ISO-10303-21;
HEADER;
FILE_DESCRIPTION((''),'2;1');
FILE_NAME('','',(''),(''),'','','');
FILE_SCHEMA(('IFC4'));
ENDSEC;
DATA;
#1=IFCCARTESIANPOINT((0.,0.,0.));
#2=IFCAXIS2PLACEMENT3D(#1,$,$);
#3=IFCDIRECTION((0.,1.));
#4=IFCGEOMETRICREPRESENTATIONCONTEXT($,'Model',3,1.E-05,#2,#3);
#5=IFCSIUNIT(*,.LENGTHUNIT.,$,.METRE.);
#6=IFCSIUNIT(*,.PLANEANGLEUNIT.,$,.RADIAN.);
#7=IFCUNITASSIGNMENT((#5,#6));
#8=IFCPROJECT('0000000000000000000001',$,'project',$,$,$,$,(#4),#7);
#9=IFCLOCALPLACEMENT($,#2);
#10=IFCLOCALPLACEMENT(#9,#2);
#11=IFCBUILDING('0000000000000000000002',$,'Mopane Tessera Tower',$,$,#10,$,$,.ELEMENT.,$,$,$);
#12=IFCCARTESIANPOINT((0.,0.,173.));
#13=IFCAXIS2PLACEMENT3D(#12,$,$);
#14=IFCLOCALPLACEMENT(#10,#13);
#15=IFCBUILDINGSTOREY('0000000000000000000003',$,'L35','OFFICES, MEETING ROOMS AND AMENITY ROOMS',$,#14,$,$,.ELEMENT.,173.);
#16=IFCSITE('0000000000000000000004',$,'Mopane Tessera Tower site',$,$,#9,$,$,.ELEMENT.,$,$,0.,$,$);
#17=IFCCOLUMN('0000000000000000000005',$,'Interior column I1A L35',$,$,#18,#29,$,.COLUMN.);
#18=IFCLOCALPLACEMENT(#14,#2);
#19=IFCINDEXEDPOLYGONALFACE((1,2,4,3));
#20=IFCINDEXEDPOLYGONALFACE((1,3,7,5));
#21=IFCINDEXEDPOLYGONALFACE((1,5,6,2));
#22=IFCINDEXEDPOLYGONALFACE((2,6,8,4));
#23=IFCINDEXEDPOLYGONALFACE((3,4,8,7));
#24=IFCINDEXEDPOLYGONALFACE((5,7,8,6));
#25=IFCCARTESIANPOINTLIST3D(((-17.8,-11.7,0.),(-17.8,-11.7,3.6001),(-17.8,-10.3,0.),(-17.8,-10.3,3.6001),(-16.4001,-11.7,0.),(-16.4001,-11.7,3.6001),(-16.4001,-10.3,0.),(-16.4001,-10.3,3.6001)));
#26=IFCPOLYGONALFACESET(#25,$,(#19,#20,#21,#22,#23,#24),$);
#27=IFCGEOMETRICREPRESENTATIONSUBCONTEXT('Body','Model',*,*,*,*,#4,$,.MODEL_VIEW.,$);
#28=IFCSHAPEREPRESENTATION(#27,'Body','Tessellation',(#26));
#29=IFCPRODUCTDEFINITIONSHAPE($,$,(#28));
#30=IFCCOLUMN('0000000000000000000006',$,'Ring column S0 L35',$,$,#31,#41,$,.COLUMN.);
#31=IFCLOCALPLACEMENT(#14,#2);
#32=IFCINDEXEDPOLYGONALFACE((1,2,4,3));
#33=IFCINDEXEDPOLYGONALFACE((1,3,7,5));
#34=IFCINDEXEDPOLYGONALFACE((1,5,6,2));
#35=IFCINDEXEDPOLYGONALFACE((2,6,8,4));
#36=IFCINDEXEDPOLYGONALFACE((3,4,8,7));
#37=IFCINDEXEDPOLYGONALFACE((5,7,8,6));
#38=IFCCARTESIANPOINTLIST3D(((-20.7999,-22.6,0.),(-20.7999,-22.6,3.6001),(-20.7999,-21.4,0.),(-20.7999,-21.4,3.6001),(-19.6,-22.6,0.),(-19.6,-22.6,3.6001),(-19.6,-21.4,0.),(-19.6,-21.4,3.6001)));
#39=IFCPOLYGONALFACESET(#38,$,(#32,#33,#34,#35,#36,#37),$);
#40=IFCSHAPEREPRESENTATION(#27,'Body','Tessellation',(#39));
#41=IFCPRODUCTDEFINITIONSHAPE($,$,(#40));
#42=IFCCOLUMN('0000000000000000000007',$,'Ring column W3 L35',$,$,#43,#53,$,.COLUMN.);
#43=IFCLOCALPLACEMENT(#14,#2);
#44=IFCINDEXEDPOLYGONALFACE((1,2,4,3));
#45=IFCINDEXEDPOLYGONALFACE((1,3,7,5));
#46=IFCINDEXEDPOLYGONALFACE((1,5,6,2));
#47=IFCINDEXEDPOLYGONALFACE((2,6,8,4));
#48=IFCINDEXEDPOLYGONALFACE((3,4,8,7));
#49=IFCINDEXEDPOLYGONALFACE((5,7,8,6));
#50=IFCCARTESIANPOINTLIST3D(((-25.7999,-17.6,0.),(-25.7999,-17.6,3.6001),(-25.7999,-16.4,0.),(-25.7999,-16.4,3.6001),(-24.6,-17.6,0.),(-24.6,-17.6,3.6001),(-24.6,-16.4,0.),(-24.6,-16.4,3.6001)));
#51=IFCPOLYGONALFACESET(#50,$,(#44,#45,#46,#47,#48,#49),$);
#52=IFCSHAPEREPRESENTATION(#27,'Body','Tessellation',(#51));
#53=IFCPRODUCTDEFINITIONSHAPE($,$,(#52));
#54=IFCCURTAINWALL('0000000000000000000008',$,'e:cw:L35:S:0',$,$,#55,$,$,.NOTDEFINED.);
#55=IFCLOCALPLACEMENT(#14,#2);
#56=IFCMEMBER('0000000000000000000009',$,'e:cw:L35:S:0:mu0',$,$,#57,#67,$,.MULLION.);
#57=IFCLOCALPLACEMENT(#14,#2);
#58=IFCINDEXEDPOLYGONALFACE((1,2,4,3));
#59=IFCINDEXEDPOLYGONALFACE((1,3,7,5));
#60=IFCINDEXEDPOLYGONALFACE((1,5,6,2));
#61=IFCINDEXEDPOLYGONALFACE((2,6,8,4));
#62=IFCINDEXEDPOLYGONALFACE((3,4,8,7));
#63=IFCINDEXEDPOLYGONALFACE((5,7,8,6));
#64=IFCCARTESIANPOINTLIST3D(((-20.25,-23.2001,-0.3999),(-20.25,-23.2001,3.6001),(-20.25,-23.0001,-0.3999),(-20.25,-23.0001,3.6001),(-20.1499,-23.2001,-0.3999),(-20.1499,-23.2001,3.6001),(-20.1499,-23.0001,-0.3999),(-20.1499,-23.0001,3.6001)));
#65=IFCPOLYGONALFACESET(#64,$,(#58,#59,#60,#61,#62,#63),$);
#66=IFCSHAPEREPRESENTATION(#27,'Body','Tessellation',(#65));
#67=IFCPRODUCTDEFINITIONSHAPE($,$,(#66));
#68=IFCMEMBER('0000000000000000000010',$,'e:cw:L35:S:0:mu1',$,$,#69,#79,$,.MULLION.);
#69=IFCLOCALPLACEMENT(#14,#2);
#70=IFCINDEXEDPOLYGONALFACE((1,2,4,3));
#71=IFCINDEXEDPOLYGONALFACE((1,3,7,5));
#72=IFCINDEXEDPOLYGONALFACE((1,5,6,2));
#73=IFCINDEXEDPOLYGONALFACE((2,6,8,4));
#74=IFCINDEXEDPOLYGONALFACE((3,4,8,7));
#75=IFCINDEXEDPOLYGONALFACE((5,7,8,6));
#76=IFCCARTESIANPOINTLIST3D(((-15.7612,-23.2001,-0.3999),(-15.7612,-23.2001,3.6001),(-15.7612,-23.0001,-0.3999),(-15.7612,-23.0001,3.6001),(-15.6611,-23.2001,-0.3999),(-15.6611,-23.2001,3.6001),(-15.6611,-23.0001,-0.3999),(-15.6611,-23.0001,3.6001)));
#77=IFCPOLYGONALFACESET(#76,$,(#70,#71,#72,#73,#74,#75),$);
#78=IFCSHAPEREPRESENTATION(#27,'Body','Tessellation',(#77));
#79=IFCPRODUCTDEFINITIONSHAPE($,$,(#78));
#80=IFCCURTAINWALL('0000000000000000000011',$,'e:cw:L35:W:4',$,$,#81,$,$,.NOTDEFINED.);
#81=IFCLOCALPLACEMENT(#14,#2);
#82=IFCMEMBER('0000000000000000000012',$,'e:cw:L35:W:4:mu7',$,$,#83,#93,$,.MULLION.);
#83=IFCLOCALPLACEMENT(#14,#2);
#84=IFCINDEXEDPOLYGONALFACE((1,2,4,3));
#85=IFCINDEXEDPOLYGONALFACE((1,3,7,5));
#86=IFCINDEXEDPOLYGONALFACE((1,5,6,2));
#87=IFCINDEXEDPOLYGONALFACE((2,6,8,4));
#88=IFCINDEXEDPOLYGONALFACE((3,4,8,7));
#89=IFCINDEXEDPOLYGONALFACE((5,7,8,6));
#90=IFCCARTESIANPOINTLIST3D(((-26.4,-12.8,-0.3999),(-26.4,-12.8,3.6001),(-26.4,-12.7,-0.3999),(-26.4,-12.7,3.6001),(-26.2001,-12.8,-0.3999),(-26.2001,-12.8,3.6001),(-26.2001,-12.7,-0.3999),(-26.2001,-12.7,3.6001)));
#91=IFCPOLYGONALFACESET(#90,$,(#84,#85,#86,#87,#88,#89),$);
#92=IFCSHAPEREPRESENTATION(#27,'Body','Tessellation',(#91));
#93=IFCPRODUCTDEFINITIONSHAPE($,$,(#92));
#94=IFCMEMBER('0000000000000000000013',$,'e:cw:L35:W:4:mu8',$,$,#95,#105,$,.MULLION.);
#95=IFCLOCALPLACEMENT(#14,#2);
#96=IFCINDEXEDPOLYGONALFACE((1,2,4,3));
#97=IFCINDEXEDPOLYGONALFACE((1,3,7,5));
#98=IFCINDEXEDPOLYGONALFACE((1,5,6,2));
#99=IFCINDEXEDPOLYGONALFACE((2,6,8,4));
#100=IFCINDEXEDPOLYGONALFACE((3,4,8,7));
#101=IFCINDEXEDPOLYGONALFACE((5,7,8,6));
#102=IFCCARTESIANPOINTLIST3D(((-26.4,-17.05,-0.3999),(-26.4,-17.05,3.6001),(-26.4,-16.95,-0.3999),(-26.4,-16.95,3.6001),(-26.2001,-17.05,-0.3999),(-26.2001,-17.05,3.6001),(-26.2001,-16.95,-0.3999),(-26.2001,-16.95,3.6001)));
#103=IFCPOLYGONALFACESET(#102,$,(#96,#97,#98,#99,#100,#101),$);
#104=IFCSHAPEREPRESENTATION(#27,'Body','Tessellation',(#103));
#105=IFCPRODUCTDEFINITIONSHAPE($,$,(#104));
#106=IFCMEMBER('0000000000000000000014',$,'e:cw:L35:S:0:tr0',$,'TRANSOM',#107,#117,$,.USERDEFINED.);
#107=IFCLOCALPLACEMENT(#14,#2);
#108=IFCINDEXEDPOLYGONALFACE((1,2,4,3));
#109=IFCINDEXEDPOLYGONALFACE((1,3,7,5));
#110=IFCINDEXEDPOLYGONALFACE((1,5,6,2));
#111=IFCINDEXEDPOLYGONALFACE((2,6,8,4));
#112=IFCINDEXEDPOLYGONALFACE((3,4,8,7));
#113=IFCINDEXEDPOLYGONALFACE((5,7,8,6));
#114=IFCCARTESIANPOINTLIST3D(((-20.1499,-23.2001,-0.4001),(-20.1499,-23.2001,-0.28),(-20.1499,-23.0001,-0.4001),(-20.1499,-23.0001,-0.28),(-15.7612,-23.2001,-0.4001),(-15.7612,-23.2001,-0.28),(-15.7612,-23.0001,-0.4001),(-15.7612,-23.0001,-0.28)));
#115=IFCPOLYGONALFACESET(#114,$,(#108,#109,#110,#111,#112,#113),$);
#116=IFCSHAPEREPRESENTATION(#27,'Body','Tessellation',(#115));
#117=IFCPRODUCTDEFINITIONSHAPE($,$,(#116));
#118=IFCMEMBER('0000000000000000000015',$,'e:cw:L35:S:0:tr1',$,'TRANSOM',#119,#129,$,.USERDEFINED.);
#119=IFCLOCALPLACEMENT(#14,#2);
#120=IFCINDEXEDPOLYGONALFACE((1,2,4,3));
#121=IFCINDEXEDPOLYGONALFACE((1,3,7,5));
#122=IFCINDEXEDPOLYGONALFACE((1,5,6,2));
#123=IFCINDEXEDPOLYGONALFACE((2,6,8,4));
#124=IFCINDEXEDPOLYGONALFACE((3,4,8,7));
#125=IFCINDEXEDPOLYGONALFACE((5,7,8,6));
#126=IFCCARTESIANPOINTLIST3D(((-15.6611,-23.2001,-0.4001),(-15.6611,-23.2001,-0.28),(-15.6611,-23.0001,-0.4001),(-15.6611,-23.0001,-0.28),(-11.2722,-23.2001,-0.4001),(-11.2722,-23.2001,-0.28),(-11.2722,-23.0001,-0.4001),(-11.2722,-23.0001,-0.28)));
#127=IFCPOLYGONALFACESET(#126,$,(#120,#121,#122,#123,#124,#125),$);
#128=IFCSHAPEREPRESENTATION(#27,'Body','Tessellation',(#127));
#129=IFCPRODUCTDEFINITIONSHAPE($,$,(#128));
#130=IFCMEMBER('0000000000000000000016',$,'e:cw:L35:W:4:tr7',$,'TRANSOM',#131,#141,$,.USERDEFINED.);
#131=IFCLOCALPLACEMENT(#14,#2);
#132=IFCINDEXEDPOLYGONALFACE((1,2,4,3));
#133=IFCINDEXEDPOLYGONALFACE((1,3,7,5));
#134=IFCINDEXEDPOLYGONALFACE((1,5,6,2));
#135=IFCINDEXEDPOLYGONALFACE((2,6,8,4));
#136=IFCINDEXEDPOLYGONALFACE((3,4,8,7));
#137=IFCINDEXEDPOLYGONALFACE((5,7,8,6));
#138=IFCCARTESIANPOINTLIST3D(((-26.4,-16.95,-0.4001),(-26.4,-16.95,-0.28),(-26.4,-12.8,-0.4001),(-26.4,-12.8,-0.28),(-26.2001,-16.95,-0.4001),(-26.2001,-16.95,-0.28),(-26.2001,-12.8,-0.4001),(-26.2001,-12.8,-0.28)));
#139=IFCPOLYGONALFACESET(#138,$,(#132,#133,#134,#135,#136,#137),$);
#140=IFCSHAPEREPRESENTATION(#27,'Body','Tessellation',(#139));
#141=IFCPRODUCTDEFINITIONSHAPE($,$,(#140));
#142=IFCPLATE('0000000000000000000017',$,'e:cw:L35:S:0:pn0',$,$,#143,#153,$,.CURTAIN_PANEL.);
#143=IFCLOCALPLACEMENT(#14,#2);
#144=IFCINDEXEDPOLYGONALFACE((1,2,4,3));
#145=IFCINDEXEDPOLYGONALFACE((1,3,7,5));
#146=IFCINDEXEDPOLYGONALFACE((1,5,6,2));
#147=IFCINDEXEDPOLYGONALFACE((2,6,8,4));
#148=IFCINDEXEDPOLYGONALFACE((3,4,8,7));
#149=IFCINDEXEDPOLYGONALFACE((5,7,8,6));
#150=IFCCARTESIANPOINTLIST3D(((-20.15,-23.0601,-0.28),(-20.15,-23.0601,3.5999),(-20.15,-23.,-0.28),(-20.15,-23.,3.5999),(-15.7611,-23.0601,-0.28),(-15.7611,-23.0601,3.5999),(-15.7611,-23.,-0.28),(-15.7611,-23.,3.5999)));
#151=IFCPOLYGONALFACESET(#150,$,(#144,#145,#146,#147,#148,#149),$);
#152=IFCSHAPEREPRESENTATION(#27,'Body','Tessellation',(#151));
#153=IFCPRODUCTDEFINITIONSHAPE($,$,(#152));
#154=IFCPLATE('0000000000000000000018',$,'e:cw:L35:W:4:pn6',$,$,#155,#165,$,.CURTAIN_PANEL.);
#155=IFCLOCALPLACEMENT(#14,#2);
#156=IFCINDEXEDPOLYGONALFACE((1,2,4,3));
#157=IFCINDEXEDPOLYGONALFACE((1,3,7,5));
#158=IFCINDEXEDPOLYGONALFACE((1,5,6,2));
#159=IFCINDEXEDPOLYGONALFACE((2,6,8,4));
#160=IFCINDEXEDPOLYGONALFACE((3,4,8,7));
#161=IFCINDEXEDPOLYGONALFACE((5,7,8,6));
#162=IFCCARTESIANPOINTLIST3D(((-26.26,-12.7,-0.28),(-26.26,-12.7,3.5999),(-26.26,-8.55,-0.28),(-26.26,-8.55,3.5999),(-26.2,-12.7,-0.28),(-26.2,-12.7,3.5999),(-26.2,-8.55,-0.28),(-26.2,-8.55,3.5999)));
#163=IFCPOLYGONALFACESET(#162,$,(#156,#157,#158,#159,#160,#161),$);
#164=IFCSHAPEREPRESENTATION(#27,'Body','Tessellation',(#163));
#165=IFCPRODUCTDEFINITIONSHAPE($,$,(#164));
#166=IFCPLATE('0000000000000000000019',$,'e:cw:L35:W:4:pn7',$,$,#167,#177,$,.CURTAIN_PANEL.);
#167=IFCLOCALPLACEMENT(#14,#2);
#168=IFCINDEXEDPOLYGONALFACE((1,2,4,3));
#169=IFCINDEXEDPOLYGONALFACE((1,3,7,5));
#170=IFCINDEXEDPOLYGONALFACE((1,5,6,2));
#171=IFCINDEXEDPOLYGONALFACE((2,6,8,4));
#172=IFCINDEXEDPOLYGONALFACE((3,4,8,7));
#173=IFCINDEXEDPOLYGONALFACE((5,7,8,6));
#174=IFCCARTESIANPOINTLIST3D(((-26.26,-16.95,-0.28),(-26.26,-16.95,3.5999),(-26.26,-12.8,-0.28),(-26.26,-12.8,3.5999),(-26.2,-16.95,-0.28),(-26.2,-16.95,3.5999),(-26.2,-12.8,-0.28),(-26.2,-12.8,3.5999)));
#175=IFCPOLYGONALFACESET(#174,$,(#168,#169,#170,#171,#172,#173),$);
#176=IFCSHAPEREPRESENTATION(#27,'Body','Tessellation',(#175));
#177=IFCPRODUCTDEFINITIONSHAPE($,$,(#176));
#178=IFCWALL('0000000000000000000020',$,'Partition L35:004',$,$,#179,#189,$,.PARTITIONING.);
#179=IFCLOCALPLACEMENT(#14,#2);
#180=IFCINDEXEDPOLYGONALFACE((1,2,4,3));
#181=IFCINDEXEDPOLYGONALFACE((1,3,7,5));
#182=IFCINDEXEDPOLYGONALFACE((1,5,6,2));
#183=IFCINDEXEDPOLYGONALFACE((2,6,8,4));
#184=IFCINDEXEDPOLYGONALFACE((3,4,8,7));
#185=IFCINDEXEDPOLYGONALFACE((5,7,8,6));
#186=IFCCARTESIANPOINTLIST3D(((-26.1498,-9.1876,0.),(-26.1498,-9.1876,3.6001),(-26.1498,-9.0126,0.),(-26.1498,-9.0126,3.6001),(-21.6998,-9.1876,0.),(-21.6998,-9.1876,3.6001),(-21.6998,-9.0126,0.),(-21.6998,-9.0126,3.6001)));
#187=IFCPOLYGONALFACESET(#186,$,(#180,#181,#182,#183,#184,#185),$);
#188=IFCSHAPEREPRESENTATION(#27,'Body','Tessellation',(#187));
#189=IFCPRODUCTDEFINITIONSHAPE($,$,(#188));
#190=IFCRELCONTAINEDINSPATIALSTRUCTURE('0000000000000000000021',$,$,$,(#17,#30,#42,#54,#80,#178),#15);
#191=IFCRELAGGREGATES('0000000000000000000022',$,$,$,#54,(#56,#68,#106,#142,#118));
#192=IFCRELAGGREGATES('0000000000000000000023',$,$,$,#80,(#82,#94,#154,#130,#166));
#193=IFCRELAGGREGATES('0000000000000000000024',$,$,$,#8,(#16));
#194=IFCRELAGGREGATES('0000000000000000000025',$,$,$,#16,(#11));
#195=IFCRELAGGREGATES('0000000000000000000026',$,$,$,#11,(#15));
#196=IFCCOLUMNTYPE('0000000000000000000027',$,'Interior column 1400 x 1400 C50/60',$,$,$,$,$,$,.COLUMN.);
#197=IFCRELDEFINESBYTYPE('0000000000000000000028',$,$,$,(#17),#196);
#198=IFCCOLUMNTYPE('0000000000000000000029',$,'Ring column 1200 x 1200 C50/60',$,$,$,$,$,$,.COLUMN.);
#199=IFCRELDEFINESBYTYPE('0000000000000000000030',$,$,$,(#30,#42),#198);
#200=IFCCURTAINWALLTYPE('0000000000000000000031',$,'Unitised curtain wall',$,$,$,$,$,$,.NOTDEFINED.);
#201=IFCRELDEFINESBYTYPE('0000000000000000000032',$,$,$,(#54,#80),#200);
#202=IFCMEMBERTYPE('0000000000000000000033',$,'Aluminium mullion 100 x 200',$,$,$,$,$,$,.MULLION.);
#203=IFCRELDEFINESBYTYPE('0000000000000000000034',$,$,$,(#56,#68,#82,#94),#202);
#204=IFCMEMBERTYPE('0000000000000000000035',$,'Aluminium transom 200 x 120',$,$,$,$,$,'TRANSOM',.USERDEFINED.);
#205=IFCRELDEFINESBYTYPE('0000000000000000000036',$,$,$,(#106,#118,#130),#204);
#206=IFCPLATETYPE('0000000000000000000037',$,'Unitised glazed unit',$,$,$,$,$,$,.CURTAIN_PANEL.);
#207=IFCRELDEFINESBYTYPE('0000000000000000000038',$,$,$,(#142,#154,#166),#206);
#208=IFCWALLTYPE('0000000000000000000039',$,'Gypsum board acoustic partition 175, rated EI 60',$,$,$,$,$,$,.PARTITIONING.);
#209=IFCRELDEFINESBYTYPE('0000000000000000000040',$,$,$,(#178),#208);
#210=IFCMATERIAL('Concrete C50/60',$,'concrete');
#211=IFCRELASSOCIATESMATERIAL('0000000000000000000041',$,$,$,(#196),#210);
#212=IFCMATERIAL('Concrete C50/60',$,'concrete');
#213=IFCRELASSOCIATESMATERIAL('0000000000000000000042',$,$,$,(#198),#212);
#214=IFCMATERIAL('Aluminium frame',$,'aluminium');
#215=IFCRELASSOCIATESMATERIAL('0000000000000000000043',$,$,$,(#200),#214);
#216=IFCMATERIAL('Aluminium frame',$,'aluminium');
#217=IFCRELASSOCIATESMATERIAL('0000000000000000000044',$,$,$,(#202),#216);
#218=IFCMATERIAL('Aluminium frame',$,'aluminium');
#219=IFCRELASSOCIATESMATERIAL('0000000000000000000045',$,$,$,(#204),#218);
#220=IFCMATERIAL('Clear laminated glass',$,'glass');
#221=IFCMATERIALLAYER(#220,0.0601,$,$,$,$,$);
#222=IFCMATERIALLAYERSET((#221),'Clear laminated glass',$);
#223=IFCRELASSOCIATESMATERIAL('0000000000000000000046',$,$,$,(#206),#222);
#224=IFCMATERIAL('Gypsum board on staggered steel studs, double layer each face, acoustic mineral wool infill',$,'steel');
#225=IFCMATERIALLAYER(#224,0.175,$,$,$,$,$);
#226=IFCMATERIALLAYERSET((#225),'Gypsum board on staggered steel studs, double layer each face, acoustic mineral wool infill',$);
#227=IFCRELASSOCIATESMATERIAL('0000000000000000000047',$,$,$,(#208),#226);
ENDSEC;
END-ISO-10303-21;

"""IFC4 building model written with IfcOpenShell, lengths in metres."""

from ifc_helpers import new_model, si_unit, direction, frame, frame_2d, origin, origin_2d, place, context, subcontext, project, spatial, rectangle, extrude, material, layer, layer_set, material_profile, profile_set, type_object, element, aggregate, save


model = new_model("IFC4")

# Units and contexts
model_context = context("Model", 3, precision=1e-05, world=origin(), true_north=direction((0.0, 1.0)))
body_context = subcontext(model_context, "Body", "Model", "MODEL_VIEW")
ifc_project = project(units=[si_unit("LENGTHUNIT", "METRE"), si_unit("PLANEANGLEUNIT", "RADIAN")], contexts=[model_context])

# Site, building, storey
site_placement = place(None, origin())
site = spatial("IfcSite", under=ifc_project, at=site_placement, Name="Mopane Tessera Tower site", CompositionType="ELEMENT", RefElevation=0.0)
building_placement = place(site_placement, origin())
building = spatial("IfcBuilding", under=site, at=building_placement, Name="Mopane Tessera Tower", CompositionType="ELEMENT")
storey_placement = place(building_placement, frame((0.0, 0.0, 173.0)))
storey = spatial("IfcBuildingStorey", under=building, at=storey_placement, Name="L35", Description="OFFICES, MEETING ROOMS AND AMENITY ROOMS", CompositionType="ELEMENT", Elevation=173.0)

# Columns
ifc_material_1 = material(Name="Concrete C50/60", Category="concrete")
ifc_material_profile_1 = material_profile(ifc_material_1, rectangle(XDim=1.3999, YDim=1.3999, at=origin_2d()))
ifc_profile_set_1 = profile_set([ifc_material_profile_1], Name="Concrete C50/60")
column_type_1 = type_object("IfcColumnType", Name="Interior column 1400 x 1400 C50/60", PredefinedType="COLUMN", material=ifc_profile_set_1)
column_placement = place(storey_placement, frame((-17.1001, -11.0, 0.0), z_axis=(0.0, 0.0, 1.0), x_axis=(1.0, 0.0, 0.0)))
element("IfcColumn", 1, at=column_placement, inside=storey, type_object=column_type_1, Name="Interior column I1A L35", PredefinedType="COLUMN", context=body_context, shape_type="SweptSolid", body=[
    extrude(rectangle(XDim=1.3999, YDim=1.3999, at=origin_2d()), origin(), (0.0, 0.0, 1.0), 3.6001),
])
ifc_material_2 = material(Name="Concrete C50/60", Category="concrete")
ifc_material_profile_2 = material_profile(ifc_material_2, rectangle(XDim=1.2, YDim=1.2, at=origin_2d()))
ifc_profile_set_2 = profile_set([ifc_material_profile_2], Name="Concrete C50/60")
column_type_2 = type_object("IfcColumnType", Name="Ring column 1200 x 1200 C50/60", PredefinedType="COLUMN", material=ifc_profile_set_2)
for number, where, z_axis, x_axis, name in (
    (2, (-20.2, -22.0, 0.0), (0.0, 0.0, 1.0), (1.0, 0.0, 0.0), "Ring column S0 L35"),
    (3, (-25.2, -17.0, 0.0), (0.0, 0.0, 1.0), (1.0, 0.0, 0.0), "Ring column W3 L35"),
):
    element("IfcColumn", number, at=place(storey_placement, frame(where, z_axis=z_axis, x_axis=x_axis)), inside=storey, type_object=column_type_2, Name=name, PredefinedType="COLUMN", context=body_context, shape_type="SweptSolid", body=[
        extrude(rectangle(XDim=1.2, YDim=1.2, at=origin_2d()), origin(), (0.0, 0.0, 1.0), 3.6001),
    ])

# Curtain walls, members
ifc_material_3 = material(Name="Aluminium frame", Category="aluminium")
curtain_wall_type = type_object("IfcCurtainWallType", Name="Unitised curtain wall", PredefinedType="NOTDEFINED", material=ifc_material_3)
curtain_wall_1_placement = place(storey_placement, origin())
curtain_wall_1 = element("IfcCurtainWall", 4, at=curtain_wall_1_placement, inside=storey, type_object=curtain_wall_type, Name="e:cw:L35:S:0", PredefinedType="NOTDEFINED")
ifc_material_4 = material(Name="Aluminium frame", Category="aluminium")
ifc_material_profile_3 = material_profile(ifc_material_4, rectangle(XDim=0.1001, YDim=0.2, at=origin_2d()))
ifc_profile_set_3 = profile_set([ifc_material_profile_3], Name="Aluminium frame")
member_type_1 = type_object("IfcMemberType", Name="Aluminium mullion 100 x 200", PredefinedType="MULLION", material=ifc_profile_set_3)
member_1_placement = place(storey_placement, frame((-20.2, -23.1001, -0.3999), z_axis=(0.0, 0.0, 1.0), x_axis=(1.0, 0.0, 0.0)))
member_1 = element("IfcMember", 5, at=member_1_placement, type_object=member_type_1, Name="e:cw:L35:S:0:mu0", PredefinedType="MULLION", context=body_context, shape_type="SweptSolid", body=[
    extrude(rectangle(XDim=0.1001, YDim=0.2, at=origin_2d()), origin(), (0.0, 0.0, 1.0), 4.0),
])
member_2_placement = place(storey_placement, frame((-15.7112, -23.1001, -0.3999), z_axis=(0.0, 0.0, 1.0), x_axis=(1.0, 0.0, 0.0)))
member_2 = element("IfcMember", 6, at=member_2_placement, type_object=member_type_1, Name="e:cw:L35:S:0:mu1", PredefinedType="MULLION", context=body_context, shape_type="SweptSolid", body=[
    extrude(rectangle(XDim=0.1001, YDim=0.2, at=origin_2d()), origin(), (0.0, 0.0, 1.0), 4.0),
])
curtain_wall_2_placement = place(storey_placement, origin())
curtain_wall_2 = element("IfcCurtainWall", 7, at=curtain_wall_2_placement, inside=storey, type_object=curtain_wall_type, Name="e:cw:L35:W:4", PredefinedType="NOTDEFINED")
member_3_placement = place(storey_placement, frame((-26.3, -12.75, -0.3999), z_axis=(0.0, 0.0, 1.0), x_axis=(0.0, -1.0, 0.0)))
member_3 = element("IfcMember", 8, at=member_3_placement, type_object=member_type_1, Name="e:cw:L35:W:4:mu7", PredefinedType="MULLION", context=body_context, shape_type="SweptSolid", body=[
    extrude(rectangle(XDim=0.1001, YDim=0.2, at=origin_2d()), origin(), (0.0, 0.0, 1.0), 4.0),
])
member_4_placement = place(storey_placement, frame((-26.3, -17.0, -0.3999), z_axis=(0.0, 0.0, 1.0), x_axis=(0.0, -1.0, 0.0)))
member_4 = element("IfcMember", 9, at=member_4_placement, type_object=member_type_1, Name="e:cw:L35:W:4:mu8", PredefinedType="MULLION", context=body_context, shape_type="SweptSolid", body=[
    extrude(rectangle(XDim=0.1001, YDim=0.2, at=origin_2d()), origin(), (0.0, 0.0, 1.0), 4.0),
])

# Members
ifc_material_5 = material(Name="Aluminium frame", Category="aluminium")
ifc_material_profile_4 = material_profile(ifc_material_5, rectangle(XDim=0.2, YDim=0.1201, at=origin_2d()))
ifc_profile_set_4 = profile_set([ifc_material_profile_4], Name="Aluminium frame")
member_type_2 = type_object("IfcMemberType", Name="Aluminium transom 200 x 120", ElementType="TRANSOM", PredefinedType="USERDEFINED", material=ifc_profile_set_4)
member_5_placement = place(storey_placement, frame((-20.1499, -23.1001, -0.3401), z_axis=(1.0, 0.0, 0.0), x_axis=(0.0, 1.0, 0.0)))
member_5 = element("IfcMember", 10, at=member_5_placement, type_object=member_type_2, Name="e:cw:L35:S:0:tr0", ObjectType="TRANSOM", PredefinedType="USERDEFINED", context=body_context, shape_type="SweptSolid", body=[
    extrude(rectangle(XDim=0.2, YDim=0.1201, at=origin_2d()), origin(), (0.0, 0.0, 1.0), 4.3887),
])
member_6_placement = place(storey_placement, frame((-15.6611, -23.1001, -0.3401), z_axis=(1.0, 0.0, 0.0), x_axis=(0.0, 1.0, 0.0)))
member_6 = element("IfcMember", 11, at=member_6_placement, type_object=member_type_2, Name="e:cw:L35:S:0:tr1", ObjectType="TRANSOM", PredefinedType="USERDEFINED", context=body_context, shape_type="SweptSolid", body=[
    extrude(rectangle(XDim=0.2, YDim=0.1201, at=origin_2d()), origin(), (0.0, 0.0, 1.0), 4.3889),
])
member_7_placement = place(storey_placement, frame((-26.3, -12.8, -0.3401), z_axis=(0.0, -1.0, 0.0), x_axis=(1.0, 0.0, 0.0)))
member_7 = element("IfcMember", 12, at=member_7_placement, type_object=member_type_2, Name="e:cw:L35:W:4:tr7", ObjectType="TRANSOM", PredefinedType="USERDEFINED", context=body_context, shape_type="SweptSolid", body=[
    extrude(rectangle(XDim=0.2, YDim=0.1201, at=origin_2d()), origin(), (0.0, 0.0, 1.0), 4.1499),
])

# Plates
ifc_material_6 = material(Name="Clear laminated glass", Category="glass")
ifc_layer_1 = layer(ifc_material_6, 0.0601)
ifc_layer_set_1 = layer_set([ifc_layer_1], Name="Clear laminated glass")
plate_type = type_object("IfcPlateType", Name="Unitised glazed unit", PredefinedType="CURTAIN_PANEL", material=ifc_layer_set_1)
plate_1_placement = place(storey_placement, frame((-17.9556, -23.03, -0.28), z_axis=(0.0, 0.0, 1.0), x_axis=(1.0, 0.0, 0.0)))
plate_1 = element("IfcPlate", 13, at=plate_1_placement, type_object=plate_type, Name="e:cw:L35:S:0:pn0", PredefinedType="CURTAIN_PANEL", context=body_context, shape_type="SweptSolid", body=[
    extrude(rectangle(XDim=4.3889, YDim=0.0601, at=origin_2d()), origin(), (0.0, 0.0, 1.0), 3.8799),
])
aggregate(curtain_wall_1, [member_1, member_2, member_5, plate_1, member_6])
plate_2_placement = place(storey_placement, frame((-26.23, -10.625, -0.28), z_axis=(0.0, 0.0, 1.0), x_axis=(0.0, -1.0, 0.0)))
plate_2 = element("IfcPlate", 14, at=plate_2_placement, type_object=plate_type, Name="e:cw:L35:W:4:pn6", PredefinedType="CURTAIN_PANEL", context=body_context, shape_type="SweptSolid", body=[
    extrude(rectangle(XDim=4.1499, YDim=0.0601, at=origin_2d()), origin(), (0.0, 0.0, 1.0), 3.8799),
])
plate_3_placement = place(storey_placement, frame((-26.23, -14.875, -0.28), z_axis=(0.0, 0.0, 1.0), x_axis=(0.0, -1.0, 0.0)))
plate_3 = element("IfcPlate", 15, at=plate_3_placement, type_object=plate_type, Name="e:cw:L35:W:4:pn7", PredefinedType="CURTAIN_PANEL", context=body_context, shape_type="SweptSolid", body=[
    extrude(rectangle(XDim=4.1499, YDim=0.0601, at=origin_2d()), origin(), (0.0, 0.0, 1.0), 3.8799),
])
aggregate(curtain_wall_2, [member_3, member_4, plate_2, member_7, plate_3])

# Wall
ifc_material_7 = material(Name="Gypsum board on staggered steel studs, double layer each face, acoustic mineral wool infill", Category="steel")
ifc_layer_2 = layer(ifc_material_7, 0.175)
ifc_layer_set_2 = layer_set([ifc_layer_2], Name="Gypsum board on staggered steel studs, double layer each face, acoustic mineral wool infill")
wall_type_1 = type_object("IfcWallType", Name="Gypsum board acoustic partition 175, rated EI 60", PredefinedType="PARTITIONING", material=ifc_layer_set_2)
wall_1_placement = place(storey_placement, frame((-26.1499, -9.1001, 0.0), z_axis=(0.0, 0.0, 1.0), x_axis=(1.0, 0.0, 0.0)))
element("IfcWall", 16, at=wall_1_placement, inside=storey, type_object=wall_type_1, Name="Partition L35:004", PredefinedType="PARTITIONING", context=body_context, shape_type="SweptSolid", body=[
    extrude(rectangle(XDim=4.45, YDim=0.175, at=frame_2d((2.2251, 0.0))), origin(), (0.0, 0.0, 1.0), 3.6001),
])

save(model, "model.ifc")
